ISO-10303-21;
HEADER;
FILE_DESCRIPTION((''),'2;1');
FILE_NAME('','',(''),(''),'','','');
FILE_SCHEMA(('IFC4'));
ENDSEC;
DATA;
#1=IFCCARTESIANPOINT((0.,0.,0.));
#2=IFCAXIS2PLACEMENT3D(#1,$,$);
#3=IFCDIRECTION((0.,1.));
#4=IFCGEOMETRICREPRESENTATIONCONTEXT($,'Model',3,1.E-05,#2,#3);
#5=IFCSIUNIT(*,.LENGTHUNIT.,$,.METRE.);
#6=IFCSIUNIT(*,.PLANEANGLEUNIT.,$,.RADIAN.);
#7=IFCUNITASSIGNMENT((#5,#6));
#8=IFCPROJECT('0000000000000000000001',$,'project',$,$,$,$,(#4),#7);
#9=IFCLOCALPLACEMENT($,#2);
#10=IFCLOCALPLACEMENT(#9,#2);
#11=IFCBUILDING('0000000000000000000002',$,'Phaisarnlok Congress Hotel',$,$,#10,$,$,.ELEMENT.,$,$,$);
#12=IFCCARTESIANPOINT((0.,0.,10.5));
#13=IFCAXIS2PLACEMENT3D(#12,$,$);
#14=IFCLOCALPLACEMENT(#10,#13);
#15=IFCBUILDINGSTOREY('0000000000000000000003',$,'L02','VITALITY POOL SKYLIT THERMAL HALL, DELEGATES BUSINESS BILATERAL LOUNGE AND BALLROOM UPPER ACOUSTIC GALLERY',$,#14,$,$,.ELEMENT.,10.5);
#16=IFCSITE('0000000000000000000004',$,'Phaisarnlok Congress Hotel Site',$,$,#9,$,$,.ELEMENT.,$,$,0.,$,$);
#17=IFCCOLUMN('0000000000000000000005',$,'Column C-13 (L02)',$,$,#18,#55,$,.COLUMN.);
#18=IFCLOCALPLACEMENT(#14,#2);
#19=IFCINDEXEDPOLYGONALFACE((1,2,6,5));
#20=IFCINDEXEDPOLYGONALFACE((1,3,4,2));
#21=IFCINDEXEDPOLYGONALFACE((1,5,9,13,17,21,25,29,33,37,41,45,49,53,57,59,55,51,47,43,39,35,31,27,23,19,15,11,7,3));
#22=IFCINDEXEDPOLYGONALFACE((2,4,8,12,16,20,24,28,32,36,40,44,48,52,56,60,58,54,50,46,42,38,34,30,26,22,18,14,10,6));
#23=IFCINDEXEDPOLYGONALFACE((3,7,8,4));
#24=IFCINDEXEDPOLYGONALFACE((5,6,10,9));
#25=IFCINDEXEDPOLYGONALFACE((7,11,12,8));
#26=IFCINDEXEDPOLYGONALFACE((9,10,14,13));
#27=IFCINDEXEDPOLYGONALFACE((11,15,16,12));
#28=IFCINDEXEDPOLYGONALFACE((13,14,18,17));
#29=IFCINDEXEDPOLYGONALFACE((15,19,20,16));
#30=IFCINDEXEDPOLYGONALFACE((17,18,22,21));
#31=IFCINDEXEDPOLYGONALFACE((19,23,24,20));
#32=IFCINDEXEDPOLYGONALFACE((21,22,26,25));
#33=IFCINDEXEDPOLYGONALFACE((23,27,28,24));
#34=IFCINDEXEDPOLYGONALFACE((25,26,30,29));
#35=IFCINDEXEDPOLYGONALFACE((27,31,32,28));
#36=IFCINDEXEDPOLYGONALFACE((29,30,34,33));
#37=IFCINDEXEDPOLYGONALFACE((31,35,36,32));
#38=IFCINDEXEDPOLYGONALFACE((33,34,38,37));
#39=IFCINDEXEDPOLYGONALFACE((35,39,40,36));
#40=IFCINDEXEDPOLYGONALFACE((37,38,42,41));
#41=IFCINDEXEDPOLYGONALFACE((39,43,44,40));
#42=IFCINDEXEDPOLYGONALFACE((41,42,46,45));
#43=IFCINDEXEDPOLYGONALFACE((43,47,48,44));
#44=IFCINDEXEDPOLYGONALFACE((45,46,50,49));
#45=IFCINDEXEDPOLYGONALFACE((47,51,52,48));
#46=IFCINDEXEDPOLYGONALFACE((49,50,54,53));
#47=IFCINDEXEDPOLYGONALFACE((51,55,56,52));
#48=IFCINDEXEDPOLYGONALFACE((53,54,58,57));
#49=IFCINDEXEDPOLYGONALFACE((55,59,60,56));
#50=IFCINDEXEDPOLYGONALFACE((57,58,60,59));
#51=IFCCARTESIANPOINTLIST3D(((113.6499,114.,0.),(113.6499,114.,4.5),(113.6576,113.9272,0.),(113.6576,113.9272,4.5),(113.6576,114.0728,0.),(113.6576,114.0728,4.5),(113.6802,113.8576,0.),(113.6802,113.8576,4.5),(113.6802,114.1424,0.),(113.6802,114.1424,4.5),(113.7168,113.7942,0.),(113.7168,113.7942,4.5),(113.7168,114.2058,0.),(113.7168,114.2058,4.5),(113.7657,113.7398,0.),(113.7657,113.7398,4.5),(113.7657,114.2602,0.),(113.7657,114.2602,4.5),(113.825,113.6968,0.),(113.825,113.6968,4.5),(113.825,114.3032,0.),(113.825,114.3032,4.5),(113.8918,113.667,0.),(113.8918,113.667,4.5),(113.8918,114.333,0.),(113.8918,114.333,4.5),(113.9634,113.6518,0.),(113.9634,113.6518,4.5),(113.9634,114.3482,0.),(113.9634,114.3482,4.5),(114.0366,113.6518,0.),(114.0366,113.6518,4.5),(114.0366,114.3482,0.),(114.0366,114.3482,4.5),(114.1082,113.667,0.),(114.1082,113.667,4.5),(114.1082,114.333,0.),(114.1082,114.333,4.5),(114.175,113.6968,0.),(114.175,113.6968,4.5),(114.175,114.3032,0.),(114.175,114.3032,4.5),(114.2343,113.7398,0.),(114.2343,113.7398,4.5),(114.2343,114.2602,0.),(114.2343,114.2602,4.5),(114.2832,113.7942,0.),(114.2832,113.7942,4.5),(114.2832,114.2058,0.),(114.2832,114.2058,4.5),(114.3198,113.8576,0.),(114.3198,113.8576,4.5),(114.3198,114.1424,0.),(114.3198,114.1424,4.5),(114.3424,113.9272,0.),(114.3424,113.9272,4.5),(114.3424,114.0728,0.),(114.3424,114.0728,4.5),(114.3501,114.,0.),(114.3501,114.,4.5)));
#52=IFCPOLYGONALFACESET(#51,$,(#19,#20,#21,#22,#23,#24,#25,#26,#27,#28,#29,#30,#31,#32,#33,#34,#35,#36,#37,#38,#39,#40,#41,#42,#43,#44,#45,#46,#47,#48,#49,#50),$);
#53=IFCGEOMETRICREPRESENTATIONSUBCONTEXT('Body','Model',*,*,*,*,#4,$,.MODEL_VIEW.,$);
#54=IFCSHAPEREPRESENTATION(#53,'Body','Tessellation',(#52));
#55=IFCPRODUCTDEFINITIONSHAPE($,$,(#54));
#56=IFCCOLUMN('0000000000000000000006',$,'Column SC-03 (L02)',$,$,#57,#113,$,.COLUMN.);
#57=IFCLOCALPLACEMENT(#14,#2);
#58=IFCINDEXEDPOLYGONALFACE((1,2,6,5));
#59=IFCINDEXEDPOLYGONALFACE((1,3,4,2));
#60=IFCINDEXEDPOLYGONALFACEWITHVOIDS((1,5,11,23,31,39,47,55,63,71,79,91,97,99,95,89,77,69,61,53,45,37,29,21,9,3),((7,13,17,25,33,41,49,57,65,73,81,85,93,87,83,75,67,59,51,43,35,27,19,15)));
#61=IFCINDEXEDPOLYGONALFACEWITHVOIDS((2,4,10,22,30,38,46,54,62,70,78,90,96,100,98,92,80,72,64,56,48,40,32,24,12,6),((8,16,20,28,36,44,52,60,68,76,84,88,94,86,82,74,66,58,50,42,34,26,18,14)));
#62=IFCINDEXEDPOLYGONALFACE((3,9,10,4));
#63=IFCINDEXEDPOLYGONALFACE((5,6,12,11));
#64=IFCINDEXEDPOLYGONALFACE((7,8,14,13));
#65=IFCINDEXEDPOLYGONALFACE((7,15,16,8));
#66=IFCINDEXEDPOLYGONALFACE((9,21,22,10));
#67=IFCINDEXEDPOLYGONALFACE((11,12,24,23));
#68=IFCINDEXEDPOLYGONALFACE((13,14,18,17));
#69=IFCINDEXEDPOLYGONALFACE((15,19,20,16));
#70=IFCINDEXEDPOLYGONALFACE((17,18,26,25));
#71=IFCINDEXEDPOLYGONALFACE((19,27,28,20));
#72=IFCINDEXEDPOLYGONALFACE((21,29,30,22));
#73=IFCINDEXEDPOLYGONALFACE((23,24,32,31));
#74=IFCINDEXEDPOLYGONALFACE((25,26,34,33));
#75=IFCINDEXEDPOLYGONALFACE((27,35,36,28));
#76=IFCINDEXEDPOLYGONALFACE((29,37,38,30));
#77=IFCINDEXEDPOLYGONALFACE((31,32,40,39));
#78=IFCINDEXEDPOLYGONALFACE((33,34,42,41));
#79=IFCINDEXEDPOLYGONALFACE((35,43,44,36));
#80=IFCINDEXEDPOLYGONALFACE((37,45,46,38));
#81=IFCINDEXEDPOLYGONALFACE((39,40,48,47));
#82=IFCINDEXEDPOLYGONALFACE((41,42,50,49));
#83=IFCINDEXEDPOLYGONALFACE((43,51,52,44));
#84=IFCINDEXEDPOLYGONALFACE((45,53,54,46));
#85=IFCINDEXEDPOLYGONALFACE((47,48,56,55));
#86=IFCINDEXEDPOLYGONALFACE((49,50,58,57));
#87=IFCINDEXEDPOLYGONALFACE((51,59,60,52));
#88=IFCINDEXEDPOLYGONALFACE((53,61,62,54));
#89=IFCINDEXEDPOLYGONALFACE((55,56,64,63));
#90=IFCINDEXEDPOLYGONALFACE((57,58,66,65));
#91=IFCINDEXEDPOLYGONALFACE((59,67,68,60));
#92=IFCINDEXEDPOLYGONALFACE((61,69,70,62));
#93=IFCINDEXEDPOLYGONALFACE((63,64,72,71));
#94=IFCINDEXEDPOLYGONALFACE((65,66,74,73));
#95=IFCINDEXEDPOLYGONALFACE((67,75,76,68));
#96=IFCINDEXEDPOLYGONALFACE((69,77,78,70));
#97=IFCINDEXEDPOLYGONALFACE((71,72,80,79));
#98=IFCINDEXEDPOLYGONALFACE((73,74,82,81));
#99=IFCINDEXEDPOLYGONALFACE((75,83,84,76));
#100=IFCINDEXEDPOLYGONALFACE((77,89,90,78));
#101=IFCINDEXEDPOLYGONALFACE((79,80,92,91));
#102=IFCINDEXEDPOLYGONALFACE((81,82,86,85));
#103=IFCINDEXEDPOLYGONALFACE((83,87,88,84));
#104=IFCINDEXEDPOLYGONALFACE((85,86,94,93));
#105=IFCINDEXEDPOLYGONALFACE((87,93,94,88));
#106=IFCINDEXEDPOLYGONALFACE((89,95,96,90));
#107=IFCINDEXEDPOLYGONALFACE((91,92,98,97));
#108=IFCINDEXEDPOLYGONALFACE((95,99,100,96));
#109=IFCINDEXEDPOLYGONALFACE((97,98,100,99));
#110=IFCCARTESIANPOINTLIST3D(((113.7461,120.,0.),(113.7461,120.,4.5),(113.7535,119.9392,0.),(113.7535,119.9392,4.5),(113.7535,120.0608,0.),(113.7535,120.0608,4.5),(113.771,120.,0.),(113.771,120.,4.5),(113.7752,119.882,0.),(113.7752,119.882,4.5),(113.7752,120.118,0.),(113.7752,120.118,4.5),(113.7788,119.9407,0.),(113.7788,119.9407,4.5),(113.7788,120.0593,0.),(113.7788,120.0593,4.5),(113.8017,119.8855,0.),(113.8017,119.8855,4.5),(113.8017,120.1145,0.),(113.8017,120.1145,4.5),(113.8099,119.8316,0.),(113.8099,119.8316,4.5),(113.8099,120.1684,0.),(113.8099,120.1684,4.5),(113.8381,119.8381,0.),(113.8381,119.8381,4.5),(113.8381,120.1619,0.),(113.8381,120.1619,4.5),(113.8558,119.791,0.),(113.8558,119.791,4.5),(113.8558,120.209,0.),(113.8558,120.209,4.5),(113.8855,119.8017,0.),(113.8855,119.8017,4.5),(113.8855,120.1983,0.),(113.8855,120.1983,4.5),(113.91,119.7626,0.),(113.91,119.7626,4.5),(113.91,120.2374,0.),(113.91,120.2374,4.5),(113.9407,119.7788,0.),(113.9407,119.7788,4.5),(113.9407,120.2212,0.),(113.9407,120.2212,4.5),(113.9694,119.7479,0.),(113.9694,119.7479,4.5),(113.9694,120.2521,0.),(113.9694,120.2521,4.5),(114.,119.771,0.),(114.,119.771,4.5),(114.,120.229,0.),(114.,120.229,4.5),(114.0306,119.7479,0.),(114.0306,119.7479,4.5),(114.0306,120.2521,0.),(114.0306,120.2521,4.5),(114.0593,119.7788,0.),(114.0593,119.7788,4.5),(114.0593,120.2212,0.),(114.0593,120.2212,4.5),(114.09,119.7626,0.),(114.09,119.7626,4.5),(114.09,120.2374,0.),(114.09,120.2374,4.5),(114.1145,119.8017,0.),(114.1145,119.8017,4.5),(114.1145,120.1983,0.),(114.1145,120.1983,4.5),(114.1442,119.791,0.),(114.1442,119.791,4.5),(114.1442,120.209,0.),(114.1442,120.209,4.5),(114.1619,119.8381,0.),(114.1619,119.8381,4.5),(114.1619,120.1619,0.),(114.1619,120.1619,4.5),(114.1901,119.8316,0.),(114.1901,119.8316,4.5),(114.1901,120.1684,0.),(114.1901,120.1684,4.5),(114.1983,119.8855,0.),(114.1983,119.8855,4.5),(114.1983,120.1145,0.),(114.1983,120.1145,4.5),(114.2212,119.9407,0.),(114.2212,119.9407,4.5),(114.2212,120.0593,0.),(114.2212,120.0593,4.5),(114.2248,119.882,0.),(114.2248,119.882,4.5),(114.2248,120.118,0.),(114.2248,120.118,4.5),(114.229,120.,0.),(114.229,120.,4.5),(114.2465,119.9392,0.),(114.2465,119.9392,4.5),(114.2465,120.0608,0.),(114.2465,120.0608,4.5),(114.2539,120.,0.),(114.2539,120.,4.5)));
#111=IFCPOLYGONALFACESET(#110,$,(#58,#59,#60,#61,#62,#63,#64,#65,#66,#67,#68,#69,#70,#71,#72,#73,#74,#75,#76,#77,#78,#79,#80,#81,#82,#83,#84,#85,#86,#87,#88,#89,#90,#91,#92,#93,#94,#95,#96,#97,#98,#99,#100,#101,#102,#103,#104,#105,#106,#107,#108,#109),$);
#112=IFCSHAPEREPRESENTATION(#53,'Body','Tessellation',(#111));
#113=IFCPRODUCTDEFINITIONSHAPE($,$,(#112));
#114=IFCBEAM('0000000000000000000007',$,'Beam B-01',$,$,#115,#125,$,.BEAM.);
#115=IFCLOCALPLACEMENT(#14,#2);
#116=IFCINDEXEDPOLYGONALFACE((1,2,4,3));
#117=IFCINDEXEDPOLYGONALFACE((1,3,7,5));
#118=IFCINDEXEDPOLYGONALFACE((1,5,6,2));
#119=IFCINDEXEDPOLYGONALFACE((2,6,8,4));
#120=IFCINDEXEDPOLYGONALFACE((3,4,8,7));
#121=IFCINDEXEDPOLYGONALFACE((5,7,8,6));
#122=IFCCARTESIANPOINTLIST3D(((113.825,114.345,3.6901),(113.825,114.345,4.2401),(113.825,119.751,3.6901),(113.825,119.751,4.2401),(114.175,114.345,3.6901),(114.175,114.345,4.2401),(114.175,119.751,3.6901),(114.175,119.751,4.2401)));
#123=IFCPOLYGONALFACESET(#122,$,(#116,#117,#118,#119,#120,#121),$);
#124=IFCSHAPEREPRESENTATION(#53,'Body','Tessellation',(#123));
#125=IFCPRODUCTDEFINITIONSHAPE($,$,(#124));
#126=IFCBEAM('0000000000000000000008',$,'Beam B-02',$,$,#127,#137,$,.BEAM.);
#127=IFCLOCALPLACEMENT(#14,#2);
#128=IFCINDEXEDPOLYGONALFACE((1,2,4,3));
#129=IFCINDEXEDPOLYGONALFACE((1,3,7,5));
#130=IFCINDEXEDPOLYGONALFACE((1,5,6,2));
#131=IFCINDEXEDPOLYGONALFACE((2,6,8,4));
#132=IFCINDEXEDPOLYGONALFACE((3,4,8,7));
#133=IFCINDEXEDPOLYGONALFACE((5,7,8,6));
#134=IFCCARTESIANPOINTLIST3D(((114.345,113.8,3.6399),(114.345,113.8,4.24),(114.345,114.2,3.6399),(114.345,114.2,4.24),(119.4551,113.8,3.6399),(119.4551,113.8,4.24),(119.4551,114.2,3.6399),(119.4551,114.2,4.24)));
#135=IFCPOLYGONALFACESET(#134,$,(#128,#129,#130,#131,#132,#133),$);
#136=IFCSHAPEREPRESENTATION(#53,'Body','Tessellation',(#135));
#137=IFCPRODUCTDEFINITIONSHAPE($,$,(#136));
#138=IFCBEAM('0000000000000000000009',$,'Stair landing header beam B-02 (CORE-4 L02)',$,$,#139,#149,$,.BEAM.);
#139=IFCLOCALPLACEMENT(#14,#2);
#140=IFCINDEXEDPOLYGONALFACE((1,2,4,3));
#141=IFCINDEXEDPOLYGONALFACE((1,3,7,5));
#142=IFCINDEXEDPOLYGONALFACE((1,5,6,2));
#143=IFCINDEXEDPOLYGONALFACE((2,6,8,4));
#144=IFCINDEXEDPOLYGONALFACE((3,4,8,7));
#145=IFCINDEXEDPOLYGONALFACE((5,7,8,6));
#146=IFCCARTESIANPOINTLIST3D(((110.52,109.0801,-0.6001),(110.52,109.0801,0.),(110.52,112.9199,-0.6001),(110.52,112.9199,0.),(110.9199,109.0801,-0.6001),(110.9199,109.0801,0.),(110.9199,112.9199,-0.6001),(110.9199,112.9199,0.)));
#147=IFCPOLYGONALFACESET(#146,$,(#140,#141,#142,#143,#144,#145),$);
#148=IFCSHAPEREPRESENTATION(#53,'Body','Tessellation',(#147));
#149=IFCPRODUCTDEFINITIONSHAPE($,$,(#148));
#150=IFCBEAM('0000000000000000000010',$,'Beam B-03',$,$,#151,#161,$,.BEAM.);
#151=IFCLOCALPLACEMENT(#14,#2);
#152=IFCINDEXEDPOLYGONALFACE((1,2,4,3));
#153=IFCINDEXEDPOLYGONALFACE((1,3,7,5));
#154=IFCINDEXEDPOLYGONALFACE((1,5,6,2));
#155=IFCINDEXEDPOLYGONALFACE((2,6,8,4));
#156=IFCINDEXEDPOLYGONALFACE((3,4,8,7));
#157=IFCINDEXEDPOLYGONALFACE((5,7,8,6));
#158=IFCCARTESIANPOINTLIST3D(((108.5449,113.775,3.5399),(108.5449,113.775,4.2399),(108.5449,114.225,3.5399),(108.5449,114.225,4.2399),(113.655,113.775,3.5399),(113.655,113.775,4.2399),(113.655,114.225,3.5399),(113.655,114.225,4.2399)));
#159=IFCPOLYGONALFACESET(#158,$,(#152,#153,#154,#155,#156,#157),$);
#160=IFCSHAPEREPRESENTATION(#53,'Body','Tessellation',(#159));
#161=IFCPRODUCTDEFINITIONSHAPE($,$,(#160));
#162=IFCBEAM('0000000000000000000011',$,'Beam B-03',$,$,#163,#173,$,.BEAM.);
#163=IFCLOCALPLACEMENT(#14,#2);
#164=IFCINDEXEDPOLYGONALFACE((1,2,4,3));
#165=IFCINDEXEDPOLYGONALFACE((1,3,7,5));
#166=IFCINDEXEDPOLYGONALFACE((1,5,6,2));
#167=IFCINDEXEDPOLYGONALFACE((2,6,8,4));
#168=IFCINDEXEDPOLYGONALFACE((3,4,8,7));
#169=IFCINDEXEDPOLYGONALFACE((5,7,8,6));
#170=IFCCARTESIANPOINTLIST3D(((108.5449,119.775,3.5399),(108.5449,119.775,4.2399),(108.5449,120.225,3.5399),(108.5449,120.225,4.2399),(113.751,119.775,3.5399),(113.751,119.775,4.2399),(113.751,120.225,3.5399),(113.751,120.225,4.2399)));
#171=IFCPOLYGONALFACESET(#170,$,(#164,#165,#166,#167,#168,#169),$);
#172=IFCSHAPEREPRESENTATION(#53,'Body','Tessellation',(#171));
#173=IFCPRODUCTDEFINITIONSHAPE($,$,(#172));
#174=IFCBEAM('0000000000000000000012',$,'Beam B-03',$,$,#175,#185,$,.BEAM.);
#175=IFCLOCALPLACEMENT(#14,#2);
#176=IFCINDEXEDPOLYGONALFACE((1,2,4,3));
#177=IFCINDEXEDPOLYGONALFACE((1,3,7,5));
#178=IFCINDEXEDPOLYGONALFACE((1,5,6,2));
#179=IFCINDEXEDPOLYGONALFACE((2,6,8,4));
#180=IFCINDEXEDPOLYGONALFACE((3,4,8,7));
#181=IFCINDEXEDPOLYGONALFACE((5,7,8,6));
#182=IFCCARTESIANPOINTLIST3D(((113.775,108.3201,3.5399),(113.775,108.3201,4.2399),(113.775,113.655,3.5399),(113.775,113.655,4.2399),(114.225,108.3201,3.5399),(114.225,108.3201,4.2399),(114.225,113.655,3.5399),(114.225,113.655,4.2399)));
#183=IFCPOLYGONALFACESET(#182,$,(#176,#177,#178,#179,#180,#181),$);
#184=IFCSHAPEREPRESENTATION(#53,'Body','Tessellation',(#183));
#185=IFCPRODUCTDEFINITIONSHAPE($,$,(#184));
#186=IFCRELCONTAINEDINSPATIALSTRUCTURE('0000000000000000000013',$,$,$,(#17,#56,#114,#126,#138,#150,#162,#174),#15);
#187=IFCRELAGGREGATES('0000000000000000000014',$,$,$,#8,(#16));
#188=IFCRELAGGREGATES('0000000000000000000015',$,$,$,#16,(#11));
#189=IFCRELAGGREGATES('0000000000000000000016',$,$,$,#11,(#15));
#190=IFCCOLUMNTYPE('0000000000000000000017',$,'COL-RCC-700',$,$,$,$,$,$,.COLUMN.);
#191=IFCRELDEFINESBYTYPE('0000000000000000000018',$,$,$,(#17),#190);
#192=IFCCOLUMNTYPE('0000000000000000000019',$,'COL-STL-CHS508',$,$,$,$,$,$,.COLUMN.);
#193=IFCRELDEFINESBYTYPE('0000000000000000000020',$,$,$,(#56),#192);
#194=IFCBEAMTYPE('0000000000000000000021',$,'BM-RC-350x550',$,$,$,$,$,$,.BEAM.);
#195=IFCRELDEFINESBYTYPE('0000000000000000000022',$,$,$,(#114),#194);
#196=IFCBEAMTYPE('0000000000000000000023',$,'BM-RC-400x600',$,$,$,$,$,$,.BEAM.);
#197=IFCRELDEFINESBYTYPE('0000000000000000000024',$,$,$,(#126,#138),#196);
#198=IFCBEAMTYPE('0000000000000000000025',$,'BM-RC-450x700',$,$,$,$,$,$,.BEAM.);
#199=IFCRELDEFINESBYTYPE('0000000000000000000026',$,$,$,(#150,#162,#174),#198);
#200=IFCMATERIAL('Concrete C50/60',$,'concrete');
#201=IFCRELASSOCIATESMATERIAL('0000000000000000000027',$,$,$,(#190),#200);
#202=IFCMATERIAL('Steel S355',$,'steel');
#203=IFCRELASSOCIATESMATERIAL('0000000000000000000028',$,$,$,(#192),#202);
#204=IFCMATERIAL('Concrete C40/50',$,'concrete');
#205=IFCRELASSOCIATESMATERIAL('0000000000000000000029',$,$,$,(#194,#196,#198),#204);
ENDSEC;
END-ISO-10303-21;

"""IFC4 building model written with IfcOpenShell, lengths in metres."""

from ifc_helpers import new_model, si_unit, direction, frame, origin, origin_2d, place, context, subcontext, project, spatial, rectangle, circle, hollow_circle, extrude, material, material_profile, profile_set, type_object, element, save


model = new_model("IFC4")

# Units and contexts
model_context = context("Model", 3, precision=1e-05, world=origin(), true_north=direction((0.0, 1.0)))
body_context = subcontext(model_context, "Body", "Model", "MODEL_VIEW")
ifc_project = project(units=[si_unit("LENGTHUNIT", "METRE"), si_unit("PLANEANGLEUNIT", "RADIAN")], contexts=[model_context])

# Site, building, storey
site_placement = place(None, origin())
site = spatial("IfcSite", under=ifc_project, at=site_placement, Name="Phaisarnlok Congress Hotel Site", CompositionType="ELEMENT", RefElevation=0.0)
building_placement = place(site_placement, origin())
building = spatial("IfcBuilding", under=site, at=building_placement, Name="Phaisarnlok Congress Hotel", CompositionType="ELEMENT")
storey_placement = place(building_placement, frame((0.0, 0.0, 10.5)))
storey = spatial("IfcBuildingStorey", under=building, at=storey_placement, Name="L02", Description="VITALITY POOL SKYLIT THERMAL HALL, DELEGATES BUSINESS BILATERAL LOUNGE AND BALLROOM UPPER ACOUSTIC GALLERY", CompositionType="ELEMENT", Elevation=10.5)

# Columns
ifc_material_1 = material(Name="Concrete C50/60", Category="concrete")
ifc_material_profile_1 = material_profile(ifc_material_1, circle(Radius=0.3501, at=origin_2d()), Name="RCC D700")
ifc_profile_set_1 = profile_set([ifc_material_profile_1], Name="Concrete C50/60")
column_type_1 = type_object("IfcColumnType", Name="COL-RCC-700", PredefinedType="COLUMN", material=ifc_profile_set_1)
column_1_placement = place(storey_placement, frame((114.0, 114.0, 0.0), z_axis=(0.0, 0.0, 1.0), x_axis=(1.0, 0.0, 0.0)))
element("IfcColumn", 1, at=column_1_placement, inside=storey, type_object=column_type_1, Name="Column C-13 (L02)", PredefinedType="COLUMN", context=body_context, shape_type="SweptSolid", body=[
    extrude(circle(Radius=0.3501, at=origin_2d()), origin(), (0.0, 0.0, 1.0), 4.5),
])
ifc_material_2 = material(Name="Steel S355", Category="steel")
ifc_material_profile_2 = material_profile(ifc_material_2, hollow_circle(Radius=0.2539, WallThickness=0.0249, at=origin_2d()), Name="CHS 508x25")
ifc_profile_set_2 = profile_set([ifc_material_profile_2], Name="Steel S355")
column_type_2 = type_object("IfcColumnType", Name="COL-STL-CHS508", PredefinedType="COLUMN", material=ifc_profile_set_2)
column_2_placement = place(storey_placement, frame((114.0, 120.0, 0.0), z_axis=(0.0, 0.0, 1.0), x_axis=(1.0, 0.0, 0.0)))
element("IfcColumn", 2, at=column_2_placement, inside=storey, type_object=column_type_2, Name="Column SC-03 (L02)", PredefinedType="COLUMN", context=body_context, shape_type="SweptSolid", body=[
    extrude(hollow_circle(Radius=0.2539, WallThickness=0.0249, at=origin_2d()), origin(), (0.0, 0.0, 1.0), 4.5),
])

# Beams
ifc_material_3 = material(Name="Concrete C40/50", Category="concrete")
ifc_material_profile_3 = material_profile(ifc_material_3, rectangle(XDim=0.3501, YDim=0.55, at=origin_2d()), Name="RC 350x550")
ifc_profile_set_3 = profile_set([ifc_material_profile_3], Name="Concrete C40/50")
beam_type_1 = type_object("IfcBeamType", Name="BM-RC-350x550", PredefinedType="BEAM", material=ifc_profile_set_3)
beam_1_placement = place(storey_placement, frame((114.0, 114.345, 3.9651), z_axis=(0.0, 1.0, 0.0), x_axis=(-1.0, 0.0, 0.0)))
element("IfcBeam", 3, at=beam_1_placement, inside=storey, type_object=beam_type_1, Name="Beam B-01", PredefinedType="BEAM", context=body_context, shape_type="SweptSolid", body=[
    extrude(rectangle(XDim=0.3501, YDim=0.55, at=origin_2d()), origin(), (0.0, 0.0, 1.0), 5.406),
])
ifc_material_profile_4 = material_profile(ifc_material_3, rectangle(XDim=0.3999, YDim=0.6001, at=origin_2d()), Name="RC 400x600")
ifc_profile_set_4 = profile_set([ifc_material_profile_4], Name="Concrete C40/50")
beam_type_2 = type_object("IfcBeamType", Name="BM-RC-400x600", PredefinedType="BEAM", material=ifc_profile_set_4)
beam_2_placement = place(storey_placement, frame((114.345, 114.0, 3.9399), z_axis=(1.0, 0.0, 0.0), x_axis=(0.0, 1.0, 0.0)))
element("IfcBeam", 4, at=beam_2_placement, inside=storey, type_object=beam_type_2, Name="Beam B-02", PredefinedType="BEAM", context=body_context, shape_type="SweptSolid", body=[
    extrude(rectangle(XDim=0.3999, YDim=0.6001, at=origin_2d()), origin(), (0.0, 0.0, 1.0), 5.1101),
])
beam_3_placement = place(storey_placement, frame((110.72, 109.0801, -0.3), z_axis=(0.0, 1.0, 0.0), x_axis=(-1.0, 0.0, 0.0)))
element("IfcBeam", 5, at=beam_3_placement, inside=storey, type_object=beam_type_2, Name="Stair landing header beam B-02 (CORE-4 L02)", PredefinedType="BEAM", context=body_context, shape_type="SweptSolid", body=[
    extrude(rectangle(XDim=0.3999, YDim=0.6001, at=origin_2d()), origin(), (0.0, 0.0, 1.0), 3.8398),
])
ifc_material_profile_5 = material_profile(ifc_material_3, rectangle(XDim=0.45, YDim=0.7, at=origin_2d()), Name="RC 450x700")
ifc_profile_set_5 = profile_set([ifc_material_profile_5], Name="Concrete C40/50")
beam_type_3 = type_object("IfcBeamType", Name="BM-RC-450x700", PredefinedType="BEAM", material=ifc_profile_set_5)
beam_4_placement = place(storey_placement, frame((108.5449, 114.0, 3.8899), z_axis=(1.0, 0.0, 0.0), x_axis=(0.0, 1.0, 0.0)))
element("IfcBeam", 6, at=beam_4_placement, inside=storey, type_object=beam_type_3, Name="Beam B-03", PredefinedType="BEAM", context=body_context, shape_type="SweptSolid", body=[
    extrude(rectangle(XDim=0.45, YDim=0.7, at=origin_2d()), origin(), (0.0, 0.0, 1.0), 5.1101),
])
beam_5_placement = place(storey_placement, frame((108.5449, 120.0, 3.8899), z_axis=(1.0, 0.0, 0.0), x_axis=(0.0, 1.0, 0.0)))
element("IfcBeam", 7, at=beam_5_placement, inside=storey, type_object=beam_type_3, Name="Beam B-03", PredefinedType="BEAM", context=body_context, shape_type="SweptSolid", body=[
    extrude(rectangle(XDim=0.45, YDim=0.7, at=origin_2d()), origin(), (0.0, 0.0, 1.0), 5.2061),
])
beam_6_placement = place(storey_placement, frame((114.0, 108.3201, 3.8899), z_axis=(0.0, 1.0, 0.0), x_axis=(-1.0, 0.0, 0.0)))
element("IfcBeam", 8, at=beam_6_placement, inside=storey, type_object=beam_type_3, Name="Beam B-03", PredefinedType="BEAM", context=body_context, shape_type="SweptSolid", body=[
    extrude(rectangle(XDim=0.45, YDim=0.7, at=origin_2d()), origin(), (0.0, 0.0, 1.0), 5.335),
])

save(model, "model.ifc")
